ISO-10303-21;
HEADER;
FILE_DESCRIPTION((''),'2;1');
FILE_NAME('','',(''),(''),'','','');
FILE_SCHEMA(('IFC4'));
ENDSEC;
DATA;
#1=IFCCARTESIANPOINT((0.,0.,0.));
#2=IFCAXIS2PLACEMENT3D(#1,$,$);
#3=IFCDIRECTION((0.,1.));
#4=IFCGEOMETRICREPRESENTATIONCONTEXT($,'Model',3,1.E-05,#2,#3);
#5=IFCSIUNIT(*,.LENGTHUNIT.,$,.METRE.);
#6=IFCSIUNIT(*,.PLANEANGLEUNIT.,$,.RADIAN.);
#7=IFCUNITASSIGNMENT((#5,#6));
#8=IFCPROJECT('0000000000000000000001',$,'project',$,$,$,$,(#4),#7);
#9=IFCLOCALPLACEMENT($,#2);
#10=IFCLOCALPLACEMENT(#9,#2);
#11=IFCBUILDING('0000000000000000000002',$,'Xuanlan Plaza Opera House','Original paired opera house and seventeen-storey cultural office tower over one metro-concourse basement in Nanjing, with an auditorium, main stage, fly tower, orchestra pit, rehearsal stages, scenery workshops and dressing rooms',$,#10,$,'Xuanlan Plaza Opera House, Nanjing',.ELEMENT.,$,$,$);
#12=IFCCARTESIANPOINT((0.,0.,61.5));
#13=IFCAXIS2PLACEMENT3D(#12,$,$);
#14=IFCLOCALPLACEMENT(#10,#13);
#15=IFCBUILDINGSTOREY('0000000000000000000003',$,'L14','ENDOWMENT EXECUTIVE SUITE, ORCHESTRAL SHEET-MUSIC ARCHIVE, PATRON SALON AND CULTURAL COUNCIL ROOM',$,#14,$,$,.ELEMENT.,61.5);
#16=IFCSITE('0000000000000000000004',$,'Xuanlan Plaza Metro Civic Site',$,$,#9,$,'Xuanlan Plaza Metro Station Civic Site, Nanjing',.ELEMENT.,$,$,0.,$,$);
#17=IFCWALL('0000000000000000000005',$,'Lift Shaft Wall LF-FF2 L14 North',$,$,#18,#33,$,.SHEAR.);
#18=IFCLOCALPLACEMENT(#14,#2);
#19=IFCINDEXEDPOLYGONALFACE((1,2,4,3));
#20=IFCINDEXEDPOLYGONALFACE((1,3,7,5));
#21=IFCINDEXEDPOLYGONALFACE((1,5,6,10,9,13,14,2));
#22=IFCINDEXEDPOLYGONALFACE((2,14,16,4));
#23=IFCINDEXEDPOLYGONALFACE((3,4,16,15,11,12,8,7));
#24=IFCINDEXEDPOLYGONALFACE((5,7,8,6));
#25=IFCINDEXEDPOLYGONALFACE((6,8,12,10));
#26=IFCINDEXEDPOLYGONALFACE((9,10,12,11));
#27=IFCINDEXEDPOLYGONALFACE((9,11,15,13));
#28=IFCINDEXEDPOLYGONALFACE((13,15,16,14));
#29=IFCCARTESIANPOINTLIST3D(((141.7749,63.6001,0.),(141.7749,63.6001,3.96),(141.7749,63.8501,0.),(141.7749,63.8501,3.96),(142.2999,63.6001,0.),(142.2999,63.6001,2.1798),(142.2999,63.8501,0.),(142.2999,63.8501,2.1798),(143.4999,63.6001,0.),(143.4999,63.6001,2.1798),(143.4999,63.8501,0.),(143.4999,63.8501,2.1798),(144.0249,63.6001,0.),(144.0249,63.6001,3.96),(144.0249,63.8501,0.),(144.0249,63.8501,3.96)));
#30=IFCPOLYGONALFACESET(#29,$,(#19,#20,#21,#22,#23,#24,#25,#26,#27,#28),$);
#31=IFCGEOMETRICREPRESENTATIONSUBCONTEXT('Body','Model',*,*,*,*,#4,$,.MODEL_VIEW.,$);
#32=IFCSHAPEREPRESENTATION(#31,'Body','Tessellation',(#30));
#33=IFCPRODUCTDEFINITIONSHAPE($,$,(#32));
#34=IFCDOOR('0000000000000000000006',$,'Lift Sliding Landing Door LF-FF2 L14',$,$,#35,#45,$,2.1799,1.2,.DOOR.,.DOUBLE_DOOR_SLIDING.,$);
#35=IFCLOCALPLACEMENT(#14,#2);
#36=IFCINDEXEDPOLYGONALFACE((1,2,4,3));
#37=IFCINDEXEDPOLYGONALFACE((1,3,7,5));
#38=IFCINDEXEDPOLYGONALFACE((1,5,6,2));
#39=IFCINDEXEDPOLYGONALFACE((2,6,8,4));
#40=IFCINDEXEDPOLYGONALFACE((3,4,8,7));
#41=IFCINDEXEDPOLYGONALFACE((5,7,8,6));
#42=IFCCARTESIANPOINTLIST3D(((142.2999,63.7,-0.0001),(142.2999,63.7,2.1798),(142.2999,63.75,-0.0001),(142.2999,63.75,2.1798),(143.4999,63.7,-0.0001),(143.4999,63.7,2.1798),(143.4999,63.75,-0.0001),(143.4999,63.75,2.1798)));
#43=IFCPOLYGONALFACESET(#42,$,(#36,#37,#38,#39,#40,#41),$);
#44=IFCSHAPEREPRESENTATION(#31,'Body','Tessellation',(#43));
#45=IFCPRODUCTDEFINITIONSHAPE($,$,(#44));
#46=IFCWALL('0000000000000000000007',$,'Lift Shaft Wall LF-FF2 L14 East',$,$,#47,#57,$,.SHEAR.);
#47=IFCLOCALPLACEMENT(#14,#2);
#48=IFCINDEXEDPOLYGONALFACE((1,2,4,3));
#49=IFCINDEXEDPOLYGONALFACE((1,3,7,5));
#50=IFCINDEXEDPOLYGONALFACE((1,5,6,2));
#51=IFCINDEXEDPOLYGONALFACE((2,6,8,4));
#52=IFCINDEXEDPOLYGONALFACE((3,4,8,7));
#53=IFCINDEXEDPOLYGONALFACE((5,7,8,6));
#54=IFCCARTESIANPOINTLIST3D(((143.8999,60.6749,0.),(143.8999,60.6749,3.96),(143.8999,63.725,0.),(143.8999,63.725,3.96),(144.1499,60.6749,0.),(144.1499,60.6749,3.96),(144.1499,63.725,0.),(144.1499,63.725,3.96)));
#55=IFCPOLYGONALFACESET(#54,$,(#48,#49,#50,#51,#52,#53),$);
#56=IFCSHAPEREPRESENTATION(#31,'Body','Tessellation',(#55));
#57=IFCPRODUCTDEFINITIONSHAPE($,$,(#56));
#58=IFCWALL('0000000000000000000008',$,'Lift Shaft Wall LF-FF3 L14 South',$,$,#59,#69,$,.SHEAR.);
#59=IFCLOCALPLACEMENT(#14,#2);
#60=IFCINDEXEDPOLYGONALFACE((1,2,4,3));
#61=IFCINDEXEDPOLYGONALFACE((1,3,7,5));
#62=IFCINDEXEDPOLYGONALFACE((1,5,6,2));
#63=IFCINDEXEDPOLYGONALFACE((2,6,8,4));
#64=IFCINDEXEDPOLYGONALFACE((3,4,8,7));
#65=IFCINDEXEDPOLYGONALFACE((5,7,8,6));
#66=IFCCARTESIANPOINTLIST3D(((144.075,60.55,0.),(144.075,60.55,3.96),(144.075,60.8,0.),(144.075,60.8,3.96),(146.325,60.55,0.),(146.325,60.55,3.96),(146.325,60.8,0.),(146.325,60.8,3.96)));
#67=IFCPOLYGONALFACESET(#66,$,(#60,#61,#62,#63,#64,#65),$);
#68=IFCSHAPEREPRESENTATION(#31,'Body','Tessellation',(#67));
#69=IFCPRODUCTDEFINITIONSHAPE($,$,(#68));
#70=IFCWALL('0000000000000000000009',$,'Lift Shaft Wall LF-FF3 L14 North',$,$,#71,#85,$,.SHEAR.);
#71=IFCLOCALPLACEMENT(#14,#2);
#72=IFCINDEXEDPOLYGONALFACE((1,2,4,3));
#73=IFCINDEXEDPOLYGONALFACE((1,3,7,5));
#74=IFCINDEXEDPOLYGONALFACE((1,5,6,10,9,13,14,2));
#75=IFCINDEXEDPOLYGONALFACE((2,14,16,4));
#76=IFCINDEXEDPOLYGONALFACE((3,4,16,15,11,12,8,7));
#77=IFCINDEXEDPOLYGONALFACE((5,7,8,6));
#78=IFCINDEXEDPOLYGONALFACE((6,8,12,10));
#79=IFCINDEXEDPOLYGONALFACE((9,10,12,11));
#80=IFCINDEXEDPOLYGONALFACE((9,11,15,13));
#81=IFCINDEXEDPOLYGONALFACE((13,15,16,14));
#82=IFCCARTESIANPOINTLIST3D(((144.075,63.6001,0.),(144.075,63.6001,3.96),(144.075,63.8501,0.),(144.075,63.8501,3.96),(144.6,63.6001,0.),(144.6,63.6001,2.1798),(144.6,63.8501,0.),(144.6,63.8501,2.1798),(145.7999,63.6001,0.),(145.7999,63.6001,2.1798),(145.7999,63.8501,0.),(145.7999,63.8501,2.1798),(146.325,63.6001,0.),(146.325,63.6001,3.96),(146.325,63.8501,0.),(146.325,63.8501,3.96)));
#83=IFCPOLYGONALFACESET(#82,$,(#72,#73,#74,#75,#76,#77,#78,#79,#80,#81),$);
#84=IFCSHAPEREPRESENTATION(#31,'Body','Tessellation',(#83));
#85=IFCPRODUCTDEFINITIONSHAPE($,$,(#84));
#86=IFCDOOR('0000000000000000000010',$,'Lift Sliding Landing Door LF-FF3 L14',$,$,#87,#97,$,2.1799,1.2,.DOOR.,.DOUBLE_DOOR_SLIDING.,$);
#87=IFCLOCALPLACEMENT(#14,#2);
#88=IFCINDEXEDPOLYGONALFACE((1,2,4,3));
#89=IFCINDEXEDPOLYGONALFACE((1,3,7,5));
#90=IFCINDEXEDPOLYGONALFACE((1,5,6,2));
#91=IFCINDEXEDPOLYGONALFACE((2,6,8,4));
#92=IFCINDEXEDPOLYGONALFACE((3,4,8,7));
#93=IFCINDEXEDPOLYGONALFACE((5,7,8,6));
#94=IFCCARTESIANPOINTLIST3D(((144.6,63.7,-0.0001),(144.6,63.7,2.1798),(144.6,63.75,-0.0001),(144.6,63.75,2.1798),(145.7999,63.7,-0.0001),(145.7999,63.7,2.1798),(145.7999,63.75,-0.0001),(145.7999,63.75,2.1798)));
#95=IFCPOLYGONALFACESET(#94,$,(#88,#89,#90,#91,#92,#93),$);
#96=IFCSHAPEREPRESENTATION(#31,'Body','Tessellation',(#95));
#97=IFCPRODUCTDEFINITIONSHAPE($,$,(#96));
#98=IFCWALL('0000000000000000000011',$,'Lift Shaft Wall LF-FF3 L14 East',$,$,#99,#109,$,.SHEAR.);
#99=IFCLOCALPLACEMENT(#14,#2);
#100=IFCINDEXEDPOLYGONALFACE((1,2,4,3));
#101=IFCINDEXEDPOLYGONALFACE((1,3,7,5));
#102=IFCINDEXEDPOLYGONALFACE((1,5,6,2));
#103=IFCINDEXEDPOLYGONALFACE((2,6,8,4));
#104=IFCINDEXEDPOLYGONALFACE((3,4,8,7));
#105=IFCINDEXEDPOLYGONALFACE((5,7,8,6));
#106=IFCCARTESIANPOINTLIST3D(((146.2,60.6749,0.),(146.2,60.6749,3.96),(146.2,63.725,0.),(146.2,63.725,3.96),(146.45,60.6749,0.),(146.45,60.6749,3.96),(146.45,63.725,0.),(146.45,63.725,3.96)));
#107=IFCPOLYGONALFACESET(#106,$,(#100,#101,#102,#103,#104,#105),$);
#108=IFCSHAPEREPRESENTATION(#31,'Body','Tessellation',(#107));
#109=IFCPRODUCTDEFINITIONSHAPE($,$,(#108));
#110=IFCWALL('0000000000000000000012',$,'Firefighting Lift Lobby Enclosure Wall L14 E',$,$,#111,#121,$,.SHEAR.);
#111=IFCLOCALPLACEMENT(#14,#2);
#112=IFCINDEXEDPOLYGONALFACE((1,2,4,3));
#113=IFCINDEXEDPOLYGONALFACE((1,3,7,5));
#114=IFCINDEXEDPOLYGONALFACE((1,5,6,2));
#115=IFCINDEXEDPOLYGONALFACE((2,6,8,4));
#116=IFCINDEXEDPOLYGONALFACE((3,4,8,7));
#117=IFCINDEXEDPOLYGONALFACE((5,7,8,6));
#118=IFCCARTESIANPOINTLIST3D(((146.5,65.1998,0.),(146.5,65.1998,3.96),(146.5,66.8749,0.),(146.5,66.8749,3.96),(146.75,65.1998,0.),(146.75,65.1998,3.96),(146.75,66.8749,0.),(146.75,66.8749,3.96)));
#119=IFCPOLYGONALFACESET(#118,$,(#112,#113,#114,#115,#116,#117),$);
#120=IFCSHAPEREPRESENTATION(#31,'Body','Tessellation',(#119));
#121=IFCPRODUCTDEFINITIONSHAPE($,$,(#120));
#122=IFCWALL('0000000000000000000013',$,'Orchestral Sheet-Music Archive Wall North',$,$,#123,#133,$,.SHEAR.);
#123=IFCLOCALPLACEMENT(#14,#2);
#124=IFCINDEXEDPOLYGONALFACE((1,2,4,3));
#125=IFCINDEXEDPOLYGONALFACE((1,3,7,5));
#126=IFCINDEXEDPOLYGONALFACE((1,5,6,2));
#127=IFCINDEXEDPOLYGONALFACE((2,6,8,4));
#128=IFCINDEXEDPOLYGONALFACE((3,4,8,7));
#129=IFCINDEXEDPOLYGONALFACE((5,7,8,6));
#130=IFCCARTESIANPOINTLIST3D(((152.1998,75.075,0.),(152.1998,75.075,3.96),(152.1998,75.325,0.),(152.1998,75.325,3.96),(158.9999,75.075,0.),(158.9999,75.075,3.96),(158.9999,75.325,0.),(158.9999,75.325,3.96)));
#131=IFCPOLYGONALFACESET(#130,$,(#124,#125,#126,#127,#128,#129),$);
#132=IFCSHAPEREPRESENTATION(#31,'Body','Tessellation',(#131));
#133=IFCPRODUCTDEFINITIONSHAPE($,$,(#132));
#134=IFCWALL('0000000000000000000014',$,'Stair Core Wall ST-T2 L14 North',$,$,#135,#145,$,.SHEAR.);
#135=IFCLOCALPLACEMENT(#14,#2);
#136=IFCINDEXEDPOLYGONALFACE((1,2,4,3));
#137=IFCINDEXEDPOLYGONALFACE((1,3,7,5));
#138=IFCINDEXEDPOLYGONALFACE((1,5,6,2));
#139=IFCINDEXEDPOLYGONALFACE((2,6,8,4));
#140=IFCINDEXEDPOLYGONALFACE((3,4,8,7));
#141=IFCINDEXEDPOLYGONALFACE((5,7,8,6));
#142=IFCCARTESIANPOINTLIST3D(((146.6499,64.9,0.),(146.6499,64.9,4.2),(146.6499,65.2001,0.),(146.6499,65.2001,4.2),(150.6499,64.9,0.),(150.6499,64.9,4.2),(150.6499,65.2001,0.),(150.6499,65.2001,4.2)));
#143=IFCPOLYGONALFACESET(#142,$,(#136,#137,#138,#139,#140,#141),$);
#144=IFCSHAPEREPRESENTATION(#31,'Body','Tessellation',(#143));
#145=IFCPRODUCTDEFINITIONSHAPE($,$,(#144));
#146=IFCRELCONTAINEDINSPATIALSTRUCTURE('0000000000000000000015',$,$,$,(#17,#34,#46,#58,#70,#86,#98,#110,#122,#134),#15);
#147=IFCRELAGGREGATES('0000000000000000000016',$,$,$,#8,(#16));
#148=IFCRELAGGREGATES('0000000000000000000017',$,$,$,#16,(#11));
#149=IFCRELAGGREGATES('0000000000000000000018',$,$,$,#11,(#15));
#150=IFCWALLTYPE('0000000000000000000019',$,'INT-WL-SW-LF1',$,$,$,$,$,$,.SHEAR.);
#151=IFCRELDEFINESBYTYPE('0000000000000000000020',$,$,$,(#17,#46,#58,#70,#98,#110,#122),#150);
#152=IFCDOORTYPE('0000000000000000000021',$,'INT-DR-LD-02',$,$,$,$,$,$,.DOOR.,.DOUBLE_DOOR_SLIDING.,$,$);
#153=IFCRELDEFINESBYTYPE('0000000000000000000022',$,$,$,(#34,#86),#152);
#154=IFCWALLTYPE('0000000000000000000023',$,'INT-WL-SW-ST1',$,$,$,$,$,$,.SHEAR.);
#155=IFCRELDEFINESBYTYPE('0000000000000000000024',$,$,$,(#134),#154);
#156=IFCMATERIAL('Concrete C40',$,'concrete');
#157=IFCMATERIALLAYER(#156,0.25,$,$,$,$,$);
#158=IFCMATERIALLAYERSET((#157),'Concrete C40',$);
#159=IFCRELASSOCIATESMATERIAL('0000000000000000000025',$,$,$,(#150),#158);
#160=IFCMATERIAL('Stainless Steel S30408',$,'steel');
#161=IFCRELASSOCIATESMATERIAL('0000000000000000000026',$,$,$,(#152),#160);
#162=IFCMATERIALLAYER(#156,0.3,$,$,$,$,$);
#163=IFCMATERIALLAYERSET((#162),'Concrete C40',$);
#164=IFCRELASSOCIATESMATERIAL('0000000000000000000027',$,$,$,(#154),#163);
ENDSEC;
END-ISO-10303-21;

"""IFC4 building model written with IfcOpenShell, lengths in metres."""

from ifc_helpers import new_model, si_unit, direction, frame, frame_2d, origin, place, context, subcontext, project, spatial, rectangle, extrude, material, layer, layer_set, type_object, element, fill, save


model = new_model("IFC4")

# Units and contexts
model_context = context("Model", 3, precision=1e-05, world=origin(), true_north=direction((0.0, 1.0)))
body_context = subcontext(model_context, "Body", "Model", "MODEL_VIEW")
ifc_project = project(units=[si_unit("LENGTHUNIT", "METRE"), si_unit("PLANEANGLEUNIT", "RADIAN")], contexts=[model_context])

# Site, building, storey
site_placement = place(None, origin())
site = spatial("IfcSite", under=ifc_project, at=site_placement, Name="Xuanlan Plaza Metro Civic Site", LongName="Xuanlan Plaza Metro Station Civic Site, Nanjing", CompositionType="ELEMENT", RefElevation=0.0)
building_placement = place(site_placement, origin())
building = spatial("IfcBuilding", under=site, at=building_placement, Name="Xuanlan Plaza Opera House", Description="Original paired opera house and seventeen-storey cultural office tower over one metro-concourse basement in Nanjing, with an auditorium, main stage, fly tower, orchestra pit, rehearsal stages, scenery workshops and dressing rooms", LongName="Xuanlan Plaza Opera House, Nanjing", CompositionType="ELEMENT")
storey_placement = place(building_placement, frame((0.0, 0.0, 61.5)))
storey = spatial("IfcBuildingStorey", under=building, at=storey_placement, Name="L14", Description="ENDOWMENT EXECUTIVE SUITE, ORCHESTRAL SHEET-MUSIC ARCHIVE, PATRON SALON AND CULTURAL COUNCIL ROOM", CompositionType="ELEMENT", Elevation=61.5)

# Shared definitions
ifc_material_1 = material(Name="Concrete C40", Category="concrete")

# Shared definitions
ifc_layer_1 = layer(ifc_material_1, 0.25)
ifc_layer_set_1 = layer_set([ifc_layer_1], Name="Concrete C40")
wall_type_1 = type_object("IfcWallType", Name="INT-WL-SW-LF1", PredefinedType="SHEAR", material=ifc_layer_set_1)

# Wall, opening, door
wall_1_placement = place(storey_placement, frame((141.7749, 63.7251, 0.0), z_axis=(0.0, 0.0, 1.0), x_axis=(1.0, 0.0, 0.0)))
wall_1 = element("IfcWall", 1, at=wall_1_placement, inside=storey, type_object=wall_type_1, Name="Lift Shaft Wall LF-FF2 L14 North", PredefinedType="SHEAR", context=body_context, shape_type="SweptSolid", body=[
    extrude(rectangle(XDim=2.25, YDim=0.25, at=frame_2d((1.125, 0.0))), origin(), (0.0, 0.0, 1.0), 3.96),
])
opening_1_placement = place(wall_1_placement, frame((0.5249, 0.0, 0.0)))
opening_1 = element("IfcOpeningElement", 2, at=opening_1_placement, cuts=wall_1, PredefinedType="OPENING", context=body_context, shape_type="SweptSolid", body=[
    extrude(rectangle(XDim=1.2, YDim=2.1799, at=frame_2d((0.6001, 1.0898))), frame((0.0, 0.135, 0.0), z_axis=(0.0, -1.0, 0.0), x_axis=(1.0, 0.0, 0.0)), (0.0, 0.0, 1.0), 0.27),
])
ifc_material_2 = material(Name="Stainless Steel S30408", Category="steel")
door_type = type_object("IfcDoorType", Name="INT-DR-LD-02", OperationType="DOUBLE_DOOR_SLIDING", PredefinedType="DOOR", material=ifc_material_2)
door_1_placement = place(opening_1_placement, origin())
door_1 = element("IfcDoor", 3, at=door_1_placement, inside=storey, type_object=door_type, Name="Lift Sliding Landing Door LF-FF2 L14", OperationType="DOUBLE_DOOR_SLIDING", OverallHeight=2.1799, OverallWidth=1.2, PredefinedType="DOOR", context=body_context, shape_type="SweptSolid", body=[
    extrude(rectangle(XDim=1.2, YDim=2.1799, at=frame_2d((0.6001, 1.0898))), frame((0.0, 0.0249, 0.0), z_axis=(0.0, -1.0, 0.0), x_axis=(1.0, 0.0, 0.0)), (0.0, 0.0, 1.0), 0.05),
])
fill(opening_1, door_1)

# Walls
wall_2_placement = place(storey_placement, frame((144.0249, 60.675, 0.0), z_axis=(0.0, 0.0, 1.0), x_axis=(0.0, 1.0, 0.0)))
element("IfcWall", 4, at=wall_2_placement, inside=storey, type_object=wall_type_1, Name="Lift Shaft Wall LF-FF2 L14 East", PredefinedType="SHEAR", context=body_context, shape_type="SweptSolid", body=[
    extrude(rectangle(XDim=3.05, YDim=0.25, at=frame_2d((1.5249, 0.0))), origin(), (0.0, 0.0, 1.0), 3.96),
])
wall_3_placement = place(storey_placement, frame((144.075, 60.675, 0.0), z_axis=(0.0, 0.0, 1.0), x_axis=(1.0, 0.0, 0.0)))
element("IfcWall", 5, at=wall_3_placement, inside=storey, type_object=wall_type_1, Name="Lift Shaft Wall LF-FF3 L14 South", PredefinedType="SHEAR", context=body_context, shape_type="SweptSolid", body=[
    extrude(rectangle(XDim=2.25, YDim=0.25, at=frame_2d((1.125, 0.0))), origin(), (0.0, 0.0, 1.0), 3.96),
])

# Wall, opening, door
wall_4_placement = place(storey_placement, frame((144.075, 63.7251, 0.0), z_axis=(0.0, 0.0, 1.0), x_axis=(1.0, 0.0, 0.0)))
wall_4 = element("IfcWall", 6, at=wall_4_placement, inside=storey, type_object=wall_type_1, Name="Lift Shaft Wall LF-FF3 L14 North", PredefinedType="SHEAR", context=body_context, shape_type="SweptSolid", body=[
    extrude(rectangle(XDim=2.25, YDim=0.25, at=frame_2d((1.125, 0.0))), origin(), (0.0, 0.0, 1.0), 3.96),
])
opening_2_placement = place(wall_4_placement, frame((0.5249, 0.0, 0.0)))
opening_2 = element("IfcOpeningElement", 7, at=opening_2_placement, cuts=wall_4, PredefinedType="OPENING", context=body_context, shape_type="SweptSolid", body=[
    extrude(rectangle(XDim=1.2, YDim=2.1799, at=frame_2d((0.6001, 1.0898))), frame((0.0, 0.135, 0.0), z_axis=(0.0, -1.0, 0.0), x_axis=(1.0, 0.0, 0.0)), (0.0, 0.0, 1.0), 0.27),
])
door_2_placement = place(opening_2_placement, origin())
door_2 = element("IfcDoor", 8, at=door_2_placement, inside=storey, type_object=door_type, Name="Lift Sliding Landing Door LF-FF3 L14", OperationType="DOUBLE_DOOR_SLIDING", OverallHeight=2.1799, OverallWidth=1.2, PredefinedType="DOOR", context=body_context, shape_type="SweptSolid", body=[
    extrude(rectangle(XDim=1.2, YDim=2.1799, at=frame_2d((0.6001, 1.0898))), frame((0.0, 0.0249, 0.0), z_axis=(0.0, -1.0, 0.0), x_axis=(1.0, 0.0, 0.0)), (0.0, 0.0, 1.0), 0.05),
])
fill(opening_2, door_2)

# Walls
wall_5_placement = place(storey_placement, frame((146.325, 60.675, 0.0), z_axis=(0.0, 0.0, 1.0), x_axis=(0.0, 1.0, 0.0)))
element("IfcWall", 9, at=wall_5_placement, inside=storey, type_object=wall_type_1, Name="Lift Shaft Wall LF-FF3 L14 East", PredefinedType="SHEAR", context=body_context, shape_type="SweptSolid", body=[
    extrude(rectangle(XDim=3.05, YDim=0.25, at=frame_2d((1.5249, 0.0))), origin(), (0.0, 0.0, 1.0), 3.96),
])
wall_6_placement = place(storey_placement, frame((146.625, 65.2, 0.0), z_axis=(0.0, 0.0, 1.0), x_axis=(0.0, 1.0, 0.0)))
element("IfcWall", 10, at=wall_6_placement, inside=storey, type_object=wall_type_1, Name="Firefighting Lift Lobby Enclosure Wall L14 E", PredefinedType="SHEAR", context=body_context, shape_type="SweptSolid", body=[
    extrude(rectangle(XDim=1.675, YDim=0.25, at=frame_2d((0.8374, 0.0))), origin(), (0.0, 0.0, 1.0), 3.96),
])
wall_7_placement = place(storey_placement, frame((152.2, 75.2, 0.0), z_axis=(0.0, 0.0, 1.0), x_axis=(1.0, 0.0, 0.0)))
element("IfcWall", 11, at=wall_7_placement, inside=storey, type_object=wall_type_1, Name="Orchestral Sheet-Music Archive Wall North", PredefinedType="SHEAR", context=body_context, shape_type="SweptSolid", body=[
    extrude(rectangle(XDim=6.8, YDim=0.25, at=frame_2d((3.3999, 0.0))), origin(), (0.0, 0.0, 1.0), 3.96),
])
ifc_layer_2 = layer(ifc_material_1, 0.3)
ifc_layer_set_2 = layer_set([ifc_layer_2], Name="Concrete C40")
wall_type_2 = type_object("IfcWallType", Name="INT-WL-SW-ST1", PredefinedType="SHEAR", material=ifc_layer_set_2)
wall_8_placement = place(storey_placement, frame((146.6499, 65.05, 0.0), z_axis=(0.0, 0.0, 1.0), x_axis=(1.0, 0.0, 0.0)))
element("IfcWall", 12, at=wall_8_placement, inside=storey, type_object=wall_type_2, Name="Stair Core Wall ST-T2 L14 North", PredefinedType="SHEAR", context=body_context, shape_type="SweptSolid", body=[
    extrude(rectangle(XDim=4.0, YDim=0.3, at=frame_2d((2.0, 0.0))), origin(), (0.0, 0.0, 1.0), 4.2),
])

save(model, "model.ifc")
